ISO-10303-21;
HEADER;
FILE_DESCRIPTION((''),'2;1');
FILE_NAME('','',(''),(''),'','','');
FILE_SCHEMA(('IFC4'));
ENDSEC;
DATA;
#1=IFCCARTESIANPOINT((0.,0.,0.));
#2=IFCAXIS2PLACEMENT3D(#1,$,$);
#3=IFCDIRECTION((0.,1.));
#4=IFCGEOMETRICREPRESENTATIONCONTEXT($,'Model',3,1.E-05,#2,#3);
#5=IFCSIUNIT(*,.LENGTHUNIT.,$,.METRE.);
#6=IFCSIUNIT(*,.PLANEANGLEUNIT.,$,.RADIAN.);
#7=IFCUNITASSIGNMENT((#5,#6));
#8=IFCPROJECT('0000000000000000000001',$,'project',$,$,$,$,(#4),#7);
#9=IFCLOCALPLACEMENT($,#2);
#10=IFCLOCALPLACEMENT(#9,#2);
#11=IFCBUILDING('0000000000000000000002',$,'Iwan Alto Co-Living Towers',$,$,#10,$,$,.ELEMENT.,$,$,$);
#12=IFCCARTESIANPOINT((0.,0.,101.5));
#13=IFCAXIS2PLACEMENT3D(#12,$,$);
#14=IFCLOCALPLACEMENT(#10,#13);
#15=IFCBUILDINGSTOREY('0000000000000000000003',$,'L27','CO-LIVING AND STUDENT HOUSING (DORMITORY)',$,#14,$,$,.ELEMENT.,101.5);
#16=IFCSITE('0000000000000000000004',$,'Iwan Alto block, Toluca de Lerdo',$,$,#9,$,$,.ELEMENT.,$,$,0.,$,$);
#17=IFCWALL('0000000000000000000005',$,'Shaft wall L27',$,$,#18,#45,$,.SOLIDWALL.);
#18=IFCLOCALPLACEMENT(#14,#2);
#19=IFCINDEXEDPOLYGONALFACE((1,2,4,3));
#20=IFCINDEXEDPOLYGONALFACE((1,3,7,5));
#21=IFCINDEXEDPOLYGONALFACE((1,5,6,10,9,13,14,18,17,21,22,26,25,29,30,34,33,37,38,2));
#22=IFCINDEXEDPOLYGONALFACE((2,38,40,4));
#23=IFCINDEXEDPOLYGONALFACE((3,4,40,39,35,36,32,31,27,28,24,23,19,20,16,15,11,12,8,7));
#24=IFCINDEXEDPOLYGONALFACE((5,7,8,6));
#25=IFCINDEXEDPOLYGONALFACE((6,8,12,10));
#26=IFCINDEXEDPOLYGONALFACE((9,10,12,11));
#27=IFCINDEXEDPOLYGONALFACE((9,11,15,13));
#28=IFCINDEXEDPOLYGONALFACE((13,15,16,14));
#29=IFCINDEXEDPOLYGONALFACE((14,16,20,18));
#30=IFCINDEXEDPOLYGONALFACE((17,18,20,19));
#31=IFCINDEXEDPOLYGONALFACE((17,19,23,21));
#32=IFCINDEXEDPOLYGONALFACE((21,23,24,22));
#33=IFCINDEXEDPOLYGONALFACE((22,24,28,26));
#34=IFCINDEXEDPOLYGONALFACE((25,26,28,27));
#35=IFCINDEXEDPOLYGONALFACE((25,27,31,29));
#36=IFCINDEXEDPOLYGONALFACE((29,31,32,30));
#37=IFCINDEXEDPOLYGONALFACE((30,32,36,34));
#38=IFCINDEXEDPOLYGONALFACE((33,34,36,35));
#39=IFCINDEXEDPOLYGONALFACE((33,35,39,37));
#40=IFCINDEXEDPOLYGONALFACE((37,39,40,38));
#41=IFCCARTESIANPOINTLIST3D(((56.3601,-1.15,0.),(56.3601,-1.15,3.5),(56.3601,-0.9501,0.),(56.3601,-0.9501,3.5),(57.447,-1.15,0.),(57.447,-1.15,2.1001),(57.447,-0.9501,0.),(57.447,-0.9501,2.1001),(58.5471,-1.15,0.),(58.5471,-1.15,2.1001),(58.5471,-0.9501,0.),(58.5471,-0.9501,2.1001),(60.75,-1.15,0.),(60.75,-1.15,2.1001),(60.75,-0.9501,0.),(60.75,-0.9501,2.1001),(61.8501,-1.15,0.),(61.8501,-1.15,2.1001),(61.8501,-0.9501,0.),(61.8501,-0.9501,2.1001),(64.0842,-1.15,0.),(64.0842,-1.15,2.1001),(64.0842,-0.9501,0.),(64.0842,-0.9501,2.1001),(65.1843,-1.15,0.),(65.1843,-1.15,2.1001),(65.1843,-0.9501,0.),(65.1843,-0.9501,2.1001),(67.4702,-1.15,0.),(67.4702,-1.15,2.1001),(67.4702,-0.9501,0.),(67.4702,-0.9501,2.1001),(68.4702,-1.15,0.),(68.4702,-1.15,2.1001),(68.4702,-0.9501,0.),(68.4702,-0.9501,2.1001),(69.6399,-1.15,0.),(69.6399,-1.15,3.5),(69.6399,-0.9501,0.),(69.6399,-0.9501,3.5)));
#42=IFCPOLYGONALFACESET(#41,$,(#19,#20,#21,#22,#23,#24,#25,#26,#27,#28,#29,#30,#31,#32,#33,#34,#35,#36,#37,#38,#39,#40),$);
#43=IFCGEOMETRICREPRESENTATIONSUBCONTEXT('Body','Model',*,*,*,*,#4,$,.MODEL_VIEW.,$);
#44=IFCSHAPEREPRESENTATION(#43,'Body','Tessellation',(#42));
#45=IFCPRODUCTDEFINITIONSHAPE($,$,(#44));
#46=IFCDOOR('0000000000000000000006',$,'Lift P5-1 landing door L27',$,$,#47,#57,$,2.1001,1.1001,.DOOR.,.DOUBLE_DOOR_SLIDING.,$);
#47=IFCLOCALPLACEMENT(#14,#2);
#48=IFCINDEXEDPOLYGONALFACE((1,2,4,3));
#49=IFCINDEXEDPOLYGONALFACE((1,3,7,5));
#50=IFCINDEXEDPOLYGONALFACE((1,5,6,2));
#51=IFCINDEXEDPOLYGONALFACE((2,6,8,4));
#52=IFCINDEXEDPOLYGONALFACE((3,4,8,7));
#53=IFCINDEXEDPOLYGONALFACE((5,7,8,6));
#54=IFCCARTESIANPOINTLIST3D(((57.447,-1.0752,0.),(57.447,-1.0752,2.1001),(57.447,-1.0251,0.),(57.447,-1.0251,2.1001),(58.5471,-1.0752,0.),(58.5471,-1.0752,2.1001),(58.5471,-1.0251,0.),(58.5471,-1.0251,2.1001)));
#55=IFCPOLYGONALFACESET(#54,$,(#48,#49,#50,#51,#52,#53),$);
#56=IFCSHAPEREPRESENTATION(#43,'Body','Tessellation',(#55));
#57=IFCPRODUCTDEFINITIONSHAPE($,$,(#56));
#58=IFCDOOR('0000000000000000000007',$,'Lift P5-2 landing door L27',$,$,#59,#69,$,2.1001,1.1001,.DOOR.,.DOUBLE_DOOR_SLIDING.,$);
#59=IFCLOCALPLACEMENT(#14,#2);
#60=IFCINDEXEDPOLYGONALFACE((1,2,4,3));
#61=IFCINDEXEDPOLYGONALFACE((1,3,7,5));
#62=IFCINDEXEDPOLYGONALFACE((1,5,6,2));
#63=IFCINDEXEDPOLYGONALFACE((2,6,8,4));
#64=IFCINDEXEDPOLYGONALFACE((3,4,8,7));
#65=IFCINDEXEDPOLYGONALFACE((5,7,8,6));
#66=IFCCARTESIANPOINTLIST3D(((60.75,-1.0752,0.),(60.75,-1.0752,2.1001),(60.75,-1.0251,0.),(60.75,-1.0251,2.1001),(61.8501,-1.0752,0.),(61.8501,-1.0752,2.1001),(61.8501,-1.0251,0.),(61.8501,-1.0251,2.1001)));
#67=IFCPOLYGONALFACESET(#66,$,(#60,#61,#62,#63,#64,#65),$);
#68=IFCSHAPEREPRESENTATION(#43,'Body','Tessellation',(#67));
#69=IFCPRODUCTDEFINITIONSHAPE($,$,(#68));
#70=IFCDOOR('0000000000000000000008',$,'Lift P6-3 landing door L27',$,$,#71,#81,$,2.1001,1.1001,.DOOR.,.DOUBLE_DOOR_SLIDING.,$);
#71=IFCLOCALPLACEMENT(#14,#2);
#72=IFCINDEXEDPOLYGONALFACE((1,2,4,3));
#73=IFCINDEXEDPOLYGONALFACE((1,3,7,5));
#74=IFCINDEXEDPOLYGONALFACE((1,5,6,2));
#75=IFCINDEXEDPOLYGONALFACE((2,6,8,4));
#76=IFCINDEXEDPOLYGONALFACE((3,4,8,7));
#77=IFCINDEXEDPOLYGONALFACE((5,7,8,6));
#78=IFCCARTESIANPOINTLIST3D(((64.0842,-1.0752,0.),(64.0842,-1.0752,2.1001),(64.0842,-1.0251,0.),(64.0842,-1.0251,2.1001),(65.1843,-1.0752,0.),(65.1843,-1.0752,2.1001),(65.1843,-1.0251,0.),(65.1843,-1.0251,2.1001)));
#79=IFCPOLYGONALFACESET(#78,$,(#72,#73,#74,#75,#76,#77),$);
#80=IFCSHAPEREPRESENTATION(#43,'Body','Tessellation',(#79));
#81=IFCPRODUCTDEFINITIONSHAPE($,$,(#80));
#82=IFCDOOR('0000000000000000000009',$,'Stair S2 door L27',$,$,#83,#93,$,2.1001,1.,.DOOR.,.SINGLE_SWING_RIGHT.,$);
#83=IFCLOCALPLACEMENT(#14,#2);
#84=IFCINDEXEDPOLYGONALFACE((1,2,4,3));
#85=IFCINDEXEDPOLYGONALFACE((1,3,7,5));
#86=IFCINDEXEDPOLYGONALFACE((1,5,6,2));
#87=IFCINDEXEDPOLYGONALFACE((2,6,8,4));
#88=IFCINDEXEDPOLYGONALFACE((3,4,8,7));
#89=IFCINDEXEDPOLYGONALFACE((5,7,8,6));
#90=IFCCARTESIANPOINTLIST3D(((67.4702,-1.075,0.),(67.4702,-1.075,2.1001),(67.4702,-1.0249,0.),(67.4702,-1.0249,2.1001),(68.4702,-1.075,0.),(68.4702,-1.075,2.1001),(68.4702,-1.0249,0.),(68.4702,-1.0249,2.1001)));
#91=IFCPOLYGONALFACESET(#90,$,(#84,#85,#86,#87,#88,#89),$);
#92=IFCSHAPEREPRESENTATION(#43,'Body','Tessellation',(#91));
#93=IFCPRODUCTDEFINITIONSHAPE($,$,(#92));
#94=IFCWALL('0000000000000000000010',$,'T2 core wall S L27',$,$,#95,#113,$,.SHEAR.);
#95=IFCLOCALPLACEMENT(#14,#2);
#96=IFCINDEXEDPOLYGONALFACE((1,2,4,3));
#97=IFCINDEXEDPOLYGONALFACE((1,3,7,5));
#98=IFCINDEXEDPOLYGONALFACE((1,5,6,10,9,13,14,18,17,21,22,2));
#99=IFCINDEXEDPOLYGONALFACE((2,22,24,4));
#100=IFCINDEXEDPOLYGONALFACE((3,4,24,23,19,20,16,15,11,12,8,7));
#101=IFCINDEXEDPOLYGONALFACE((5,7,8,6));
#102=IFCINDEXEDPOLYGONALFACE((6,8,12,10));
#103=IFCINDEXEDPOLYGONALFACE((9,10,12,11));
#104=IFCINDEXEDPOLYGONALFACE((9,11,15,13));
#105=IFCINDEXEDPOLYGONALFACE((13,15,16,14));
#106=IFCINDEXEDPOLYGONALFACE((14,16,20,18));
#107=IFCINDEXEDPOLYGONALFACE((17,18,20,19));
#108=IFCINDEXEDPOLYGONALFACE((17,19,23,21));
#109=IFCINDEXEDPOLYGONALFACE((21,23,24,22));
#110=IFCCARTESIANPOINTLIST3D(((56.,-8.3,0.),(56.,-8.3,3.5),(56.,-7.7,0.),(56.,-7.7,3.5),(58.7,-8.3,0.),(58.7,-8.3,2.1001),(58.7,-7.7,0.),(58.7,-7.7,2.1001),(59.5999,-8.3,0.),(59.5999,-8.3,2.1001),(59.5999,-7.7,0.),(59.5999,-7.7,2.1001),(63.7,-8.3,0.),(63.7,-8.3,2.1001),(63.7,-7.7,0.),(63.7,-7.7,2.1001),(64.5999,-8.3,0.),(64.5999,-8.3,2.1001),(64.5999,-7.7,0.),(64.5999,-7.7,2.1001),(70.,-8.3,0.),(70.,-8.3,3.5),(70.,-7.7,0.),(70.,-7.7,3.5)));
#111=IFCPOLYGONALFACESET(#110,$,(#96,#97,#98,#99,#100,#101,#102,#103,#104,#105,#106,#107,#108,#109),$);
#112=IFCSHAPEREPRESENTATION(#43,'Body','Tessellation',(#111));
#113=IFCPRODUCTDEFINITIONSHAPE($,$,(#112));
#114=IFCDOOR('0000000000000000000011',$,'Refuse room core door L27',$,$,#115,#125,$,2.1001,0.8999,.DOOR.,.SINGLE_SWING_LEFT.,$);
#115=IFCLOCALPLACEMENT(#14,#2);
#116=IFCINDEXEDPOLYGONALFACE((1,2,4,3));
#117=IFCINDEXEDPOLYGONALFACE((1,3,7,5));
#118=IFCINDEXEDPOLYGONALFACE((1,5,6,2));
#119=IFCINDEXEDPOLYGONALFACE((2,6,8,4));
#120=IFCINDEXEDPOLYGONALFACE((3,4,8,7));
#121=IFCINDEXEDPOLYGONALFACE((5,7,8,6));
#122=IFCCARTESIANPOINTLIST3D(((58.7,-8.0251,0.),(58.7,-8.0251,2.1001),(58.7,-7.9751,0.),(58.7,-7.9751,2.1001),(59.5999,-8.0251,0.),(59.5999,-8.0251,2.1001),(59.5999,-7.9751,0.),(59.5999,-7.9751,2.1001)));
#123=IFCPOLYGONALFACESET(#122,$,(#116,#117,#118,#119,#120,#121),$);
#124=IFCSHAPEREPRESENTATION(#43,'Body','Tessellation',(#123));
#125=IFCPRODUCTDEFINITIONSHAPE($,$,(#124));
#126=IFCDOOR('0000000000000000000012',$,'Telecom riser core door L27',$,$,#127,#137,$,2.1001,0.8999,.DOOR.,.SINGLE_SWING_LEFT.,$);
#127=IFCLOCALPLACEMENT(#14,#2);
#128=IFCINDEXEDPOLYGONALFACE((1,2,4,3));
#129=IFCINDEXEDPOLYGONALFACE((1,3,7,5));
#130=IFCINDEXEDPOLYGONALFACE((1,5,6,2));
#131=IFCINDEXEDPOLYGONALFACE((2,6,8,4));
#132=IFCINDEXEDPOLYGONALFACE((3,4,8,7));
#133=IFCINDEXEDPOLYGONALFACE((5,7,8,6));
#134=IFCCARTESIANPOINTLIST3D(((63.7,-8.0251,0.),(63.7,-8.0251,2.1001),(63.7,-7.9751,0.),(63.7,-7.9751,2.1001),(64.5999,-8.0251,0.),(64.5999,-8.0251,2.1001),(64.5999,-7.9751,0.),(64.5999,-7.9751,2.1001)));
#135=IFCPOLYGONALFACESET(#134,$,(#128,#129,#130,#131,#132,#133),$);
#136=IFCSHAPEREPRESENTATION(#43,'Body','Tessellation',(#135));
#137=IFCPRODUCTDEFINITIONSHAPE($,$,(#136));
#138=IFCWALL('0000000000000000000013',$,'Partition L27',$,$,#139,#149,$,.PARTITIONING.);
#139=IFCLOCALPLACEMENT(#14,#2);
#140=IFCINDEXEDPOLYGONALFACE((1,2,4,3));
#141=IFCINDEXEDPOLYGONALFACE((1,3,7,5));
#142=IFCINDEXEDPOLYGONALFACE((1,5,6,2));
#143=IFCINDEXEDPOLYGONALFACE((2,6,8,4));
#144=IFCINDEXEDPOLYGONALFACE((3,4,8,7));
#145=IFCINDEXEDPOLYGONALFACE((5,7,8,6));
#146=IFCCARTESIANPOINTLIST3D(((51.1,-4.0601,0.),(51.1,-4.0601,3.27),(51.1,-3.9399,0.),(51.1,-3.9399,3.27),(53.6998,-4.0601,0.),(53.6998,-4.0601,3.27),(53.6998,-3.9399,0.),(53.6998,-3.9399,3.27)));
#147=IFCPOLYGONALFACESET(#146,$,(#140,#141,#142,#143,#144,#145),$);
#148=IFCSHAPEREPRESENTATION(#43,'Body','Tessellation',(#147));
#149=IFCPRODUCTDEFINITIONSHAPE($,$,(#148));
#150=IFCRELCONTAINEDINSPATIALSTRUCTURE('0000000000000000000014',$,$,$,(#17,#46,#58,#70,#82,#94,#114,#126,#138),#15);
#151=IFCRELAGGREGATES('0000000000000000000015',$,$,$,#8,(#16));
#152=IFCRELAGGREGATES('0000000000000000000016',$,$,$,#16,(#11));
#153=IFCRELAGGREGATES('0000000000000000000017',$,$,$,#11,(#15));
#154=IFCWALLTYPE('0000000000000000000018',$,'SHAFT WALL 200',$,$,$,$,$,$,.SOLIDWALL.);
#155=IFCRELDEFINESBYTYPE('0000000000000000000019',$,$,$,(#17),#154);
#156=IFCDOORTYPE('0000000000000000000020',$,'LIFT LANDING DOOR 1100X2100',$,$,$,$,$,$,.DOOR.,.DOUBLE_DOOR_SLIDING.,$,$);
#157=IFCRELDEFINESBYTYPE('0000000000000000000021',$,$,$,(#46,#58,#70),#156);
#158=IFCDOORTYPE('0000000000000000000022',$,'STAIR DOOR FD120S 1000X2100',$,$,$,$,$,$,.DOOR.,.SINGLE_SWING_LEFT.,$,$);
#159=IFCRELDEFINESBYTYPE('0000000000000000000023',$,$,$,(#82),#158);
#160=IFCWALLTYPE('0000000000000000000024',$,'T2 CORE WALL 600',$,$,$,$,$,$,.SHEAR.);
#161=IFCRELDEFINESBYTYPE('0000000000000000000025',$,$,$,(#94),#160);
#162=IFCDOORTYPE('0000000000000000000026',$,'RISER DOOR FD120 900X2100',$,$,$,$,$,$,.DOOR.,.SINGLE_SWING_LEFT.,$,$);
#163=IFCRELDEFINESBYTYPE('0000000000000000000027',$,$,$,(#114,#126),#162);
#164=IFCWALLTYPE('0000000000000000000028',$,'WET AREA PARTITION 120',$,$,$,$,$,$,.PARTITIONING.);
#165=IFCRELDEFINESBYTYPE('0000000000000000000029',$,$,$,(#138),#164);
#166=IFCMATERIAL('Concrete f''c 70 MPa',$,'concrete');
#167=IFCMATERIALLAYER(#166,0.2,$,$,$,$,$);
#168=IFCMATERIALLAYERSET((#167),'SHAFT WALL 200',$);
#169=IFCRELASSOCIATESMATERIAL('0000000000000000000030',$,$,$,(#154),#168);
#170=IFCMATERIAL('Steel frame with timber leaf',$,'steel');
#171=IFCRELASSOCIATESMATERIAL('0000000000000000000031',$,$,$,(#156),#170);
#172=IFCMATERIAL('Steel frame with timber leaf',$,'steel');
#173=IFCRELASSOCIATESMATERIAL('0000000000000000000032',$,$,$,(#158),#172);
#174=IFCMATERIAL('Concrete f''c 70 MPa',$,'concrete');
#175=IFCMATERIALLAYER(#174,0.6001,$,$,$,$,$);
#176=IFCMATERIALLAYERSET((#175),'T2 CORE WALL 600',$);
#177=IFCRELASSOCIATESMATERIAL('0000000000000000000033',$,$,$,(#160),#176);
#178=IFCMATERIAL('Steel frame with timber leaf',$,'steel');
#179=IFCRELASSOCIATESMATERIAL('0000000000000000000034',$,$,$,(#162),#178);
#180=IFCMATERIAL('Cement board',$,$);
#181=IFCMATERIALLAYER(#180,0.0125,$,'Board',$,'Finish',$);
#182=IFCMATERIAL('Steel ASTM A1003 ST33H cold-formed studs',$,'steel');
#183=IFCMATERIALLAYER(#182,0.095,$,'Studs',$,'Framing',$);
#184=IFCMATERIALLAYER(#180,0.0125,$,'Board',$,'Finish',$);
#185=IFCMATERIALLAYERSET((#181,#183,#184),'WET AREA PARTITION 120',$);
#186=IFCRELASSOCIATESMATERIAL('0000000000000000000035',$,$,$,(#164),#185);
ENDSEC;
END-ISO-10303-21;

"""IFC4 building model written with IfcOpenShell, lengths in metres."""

from ifc_helpers import new_model, si_unit, direction, frame, frame_2d, origin, place, context, subcontext, project, spatial, rectangle, extrude, material, layer, layer_set, type_object, element, fill, save


model = new_model("IFC4")

# Units and contexts
model_context = context("Model", 3, precision=1e-05, world=origin(), true_north=direction((0.0, 1.0)))
body_context = subcontext(model_context, "Body", "Model", "MODEL_VIEW")
ifc_project = project(units=[si_unit("LENGTHUNIT", "METRE"), si_unit("PLANEANGLEUNIT", "RADIAN")], contexts=[model_context])

# Site, building, storey
site_placement = place(None, origin())
site = spatial("IfcSite", under=ifc_project, at=site_placement, Name="Iwan Alto block, Toluca de Lerdo", CompositionType="ELEMENT", RefElevation=0.0)
building_placement = place(site_placement, origin())
building = spatial("IfcBuilding", under=site, at=building_placement, Name="Iwan Alto Co-Living Towers", CompositionType="ELEMENT")
storey_placement = place(building_placement, frame((0.0, 0.0, 101.5)))
storey = spatial("IfcBuildingStorey", under=building, at=storey_placement, Name="L27", Description="CO-LIVING AND STUDENT HOUSING (DORMITORY)", CompositionType="ELEMENT", Elevation=101.5)

# Shared definitions
ifc_material_1 = material(Name="Steel ASTM A1003 ST33H cold-formed studs", Category="steel")

# Shared definitions
ifc_material_2 = material(Name="Concrete f'c 70 MPa", Category="concrete")
ifc_layer_1 = layer(ifc_material_2, 0.2)
ifc_layer_set_1 = layer_set([ifc_layer_1], Name="SHAFT WALL 200")
wall_type_1 = type_object("IfcWallType", Name="SHAFT WALL 200", PredefinedType="SOLIDWALL", material=ifc_layer_set_1)

# Walls, openings, doors
wall_1_placement = place(storey_placement, frame((56.3601, -1.05, 0.0), z_axis=(0.0, 0.0, 1.0), x_axis=(1.0, 0.0, 0.0)))
wall_1 = element("IfcWall", 1, at=wall_1_placement, inside=storey, type_object=wall_type_1, Name="Shaft wall L27", PredefinedType="SOLIDWALL", context=body_context, shape_type="SweptSolid", body=[
    extrude(rectangle(XDim=13.2798, YDim=0.2, at=frame_2d((6.6399, 0.0))), origin(), (0.0, 0.0, 1.0), 3.5),
])
opening_1_placement = place(wall_1_placement, frame((11.1101, 0.0, 0.0)))
opening_1 = element("IfcOpeningElement", 2, at=opening_1_placement, cuts=wall_1, PredefinedType="OPENING", context=body_context, shape_type="SweptSolid", body=[
    extrude(rectangle(XDim=1.0, YDim=2.1001, at=frame_2d((0.5, 1.05))), frame((0.0, 0.1099, 0.0), z_axis=(0.0, -1.0, 0.0), x_axis=(1.0, 0.0, 0.0)), (0.0, 0.0, 1.0), 0.22),
])
opening_2_placement = place(wall_1_placement, frame((1.0869, 0.0, 0.0)))
opening_2 = element("IfcOpeningElement", 3, at=opening_2_placement, cuts=wall_1, PredefinedType="OPENING", context=body_context, shape_type="SweptSolid", body=[
    extrude(rectangle(XDim=1.1001, YDim=2.1001, at=frame_2d((0.55, 1.05))), frame((0.0, 0.1099, 0.0), z_axis=(0.0, -1.0, 0.0), x_axis=(1.0, 0.0, 0.0)), (0.0, 0.0, 1.0), 0.22),
])
opening_3_placement = place(wall_1_placement, frame((4.3899, 0.0, 0.0)))
opening_3 = element("IfcOpeningElement", 4, at=opening_3_placement, cuts=wall_1, PredefinedType="OPENING", context=body_context, shape_type="SweptSolid", body=[
    extrude(rectangle(XDim=1.1001, YDim=2.1001, at=frame_2d((0.55, 1.05))), frame((0.0, 0.1099, 0.0), z_axis=(0.0, -1.0, 0.0), x_axis=(1.0, 0.0, 0.0)), (0.0, 0.0, 1.0), 0.22),
])
opening_4_placement = place(wall_1_placement, frame((7.7241, 0.0, 0.0)))
opening_4 = element("IfcOpeningElement", 5, at=opening_4_placement, cuts=wall_1, PredefinedType="OPENING", context=body_context, shape_type="SweptSolid", body=[
    extrude(rectangle(XDim=1.1001, YDim=2.1001, at=frame_2d((0.55, 1.05))), frame((0.0, 0.1099, 0.0), z_axis=(0.0, -1.0, 0.0), x_axis=(1.0, 0.0, 0.0)), (0.0, 0.0, 1.0), 0.22),
])
ifc_material_3 = material(Name="Steel frame with timber leaf", Category="steel")
door_type_1 = type_object("IfcDoorType", Name="LIFT LANDING DOOR 1100X2100", OperationType="DOUBLE_DOOR_SLIDING", PredefinedType="DOOR", material=ifc_material_3)
door_1_placement = place(opening_2_placement, origin())
door_1 = element("IfcDoor", 6, at=door_1_placement, inside=storey, type_object=door_type_1, Name="Lift P5-1 landing door L27", OperationType="DOUBLE_DOOR_SLIDING", OverallHeight=2.1001, OverallWidth=1.1001, PredefinedType="DOOR", context=body_context, shape_type="SweptSolid", body=[
    extrude(rectangle(XDim=1.1001, YDim=2.1001, at=frame_2d((0.55, 1.05))), frame((0.0, 0.0249, 0.0), z_axis=(0.0, -1.0, 0.0), x_axis=(1.0, 0.0, 0.0)), (0.0, 0.0, 1.0), 0.05),
])
fill(opening_2, door_1)
door_2_placement = place(opening_3_placement, origin())
door_2 = element("IfcDoor", 7, at=door_2_placement, inside=storey, type_object=door_type_1, Name="Lift P5-2 landing door L27", OperationType="DOUBLE_DOOR_SLIDING", OverallHeight=2.1001, OverallWidth=1.1001, PredefinedType="DOOR", context=body_context, shape_type="SweptSolid", body=[
    extrude(rectangle(XDim=1.1001, YDim=2.1001, at=frame_2d((0.55, 1.05))), frame((0.0, 0.0249, 0.0), z_axis=(0.0, -1.0, 0.0), x_axis=(1.0, 0.0, 0.0)), (0.0, 0.0, 1.0), 0.05),
])
fill(opening_3, door_2)
door_3_placement = place(opening_4_placement, origin())
door_3 = element("IfcDoor", 8, at=door_3_placement, inside=storey, type_object=door_type_1, Name="Lift P6-3 landing door L27", OperationType="DOUBLE_DOOR_SLIDING", OverallHeight=2.1001, OverallWidth=1.1001, PredefinedType="DOOR", context=body_context, shape_type="SweptSolid", body=[
    extrude(rectangle(XDim=1.1001, YDim=2.1001, at=frame_2d((0.55, 1.05))), frame((0.0, 0.0249, 0.0), z_axis=(0.0, -1.0, 0.0), x_axis=(1.0, 0.0, 0.0)), (0.0, 0.0, 1.0), 0.05),
])
fill(opening_4, door_3)
ifc_material_4 = material(Name="Steel frame with timber leaf", Category="steel")
door_type_2 = type_object("IfcDoorType", Name="STAIR DOOR FD120S 1000X2100", OperationType="SINGLE_SWING_LEFT", PredefinedType="DOOR", material=ifc_material_4)
door_4_placement = place(opening_1_placement, frame((1.0, 0.0, 0.0), z_axis=(0.0, 0.0, 1.0), x_axis=(-1.0, 0.0, 0.0)))
door_4 = element("IfcDoor", 9, at=door_4_placement, inside=storey, type_object=door_type_2, Name="Stair S2 door L27", OperationType="SINGLE_SWING_RIGHT", OverallHeight=2.1001, OverallWidth=1.0, PredefinedType="DOOR", context=body_context, shape_type="SweptSolid", body=[
    extrude(rectangle(XDim=1.0, YDim=2.1001, at=frame_2d((0.5, 1.05))), frame((0.0, 0.0249, 0.0), z_axis=(0.0, -1.0, 0.0), x_axis=(1.0, 0.0, 0.0)), (0.0, 0.0, 1.0), 0.05),
])
fill(opening_1, door_4)
ifc_material_5 = material(Name="Concrete f'c 70 MPa", Category="concrete")
ifc_layer_2 = layer(ifc_material_5, 0.6001)
ifc_layer_set_2 = layer_set([ifc_layer_2], Name="T2 CORE WALL 600")
wall_type_2 = type_object("IfcWallType", Name="T2 CORE WALL 600", PredefinedType="SHEAR", material=ifc_layer_set_2)
wall_2_placement = place(storey_placement, frame((56.0, -8.0, 0.0), z_axis=(0.0, 0.0, 1.0), x_axis=(1.0, 0.0, 0.0)))
wall_2 = element("IfcWall", 10, at=wall_2_placement, inside=storey, type_object=wall_type_2, Name="T2 core wall S L27", PredefinedType="SHEAR", context=body_context, shape_type="SweptSolid", body=[
    extrude(rectangle(XDim=14.0, YDim=0.6001, at=frame_2d((7.0, 0.0))), origin(), (0.0, 0.0, 1.0), 3.5),
])
opening_5_placement = place(wall_2_placement, frame((2.7, 0.0, 0.0)))
opening_5 = element("IfcOpeningElement", 11, at=opening_5_placement, cuts=wall_2, PredefinedType="OPENING", context=body_context, shape_type="SweptSolid", body=[
    extrude(rectangle(XDim=0.8999, YDim=2.1001, at=frame_2d((0.45, 1.05))), frame((0.0, 0.3101, 0.0), z_axis=(0.0, -1.0, 0.0), x_axis=(1.0, 0.0, 0.0)), (0.0, 0.0, 1.0), 0.6201),
])
opening_6_placement = place(wall_2_placement, frame((7.7, 0.0, 0.0)))
opening_6 = element("IfcOpeningElement", 12, at=opening_6_placement, cuts=wall_2, PredefinedType="OPENING", context=body_context, shape_type="SweptSolid", body=[
    extrude(rectangle(XDim=0.8999, YDim=2.1001, at=frame_2d((0.45, 1.05))), frame((0.0, 0.3101, 0.0), z_axis=(0.0, -1.0, 0.0), x_axis=(1.0, 0.0, 0.0)), (0.0, 0.0, 1.0), 0.6201),
])
ifc_material_6 = material(Name="Steel frame with timber leaf", Category="steel")
door_type_3 = type_object("IfcDoorType", Name="RISER DOOR FD120 900X2100", OperationType="SINGLE_SWING_LEFT", PredefinedType="DOOR", material=ifc_material_6)
door_5_placement = place(opening_5_placement, origin())
door_5 = element("IfcDoor", 13, at=door_5_placement, inside=storey, type_object=door_type_3, Name="Refuse room core door L27", OperationType="SINGLE_SWING_LEFT", OverallHeight=2.1001, OverallWidth=0.8999, PredefinedType="DOOR", context=body_context, shape_type="SweptSolid", body=[
    extrude(rectangle(XDim=0.8999, YDim=2.1001, at=frame_2d((0.45, 1.05))), frame((0.0, 0.0249, 0.0), z_axis=(0.0, -1.0, 0.0), x_axis=(1.0, 0.0, 0.0)), (0.0, 0.0, 1.0), 0.05),
])
fill(opening_5, door_5)
door_6_placement = place(opening_6_placement, origin())
door_6 = element("IfcDoor", 14, at=door_6_placement, inside=storey, type_object=door_type_3, Name="Telecom riser core door L27", OperationType="SINGLE_SWING_LEFT", OverallHeight=2.1001, OverallWidth=0.8999, PredefinedType="DOOR", context=body_context, shape_type="SweptSolid", body=[
    extrude(rectangle(XDim=0.8999, YDim=2.1001, at=frame_2d((0.45, 1.05))), frame((0.0, 0.0249, 0.0), z_axis=(0.0, -1.0, 0.0), x_axis=(1.0, 0.0, 0.0)), (0.0, 0.0, 1.0), 0.05),
])
fill(opening_6, door_6)

# Wall
ifc_material_7 = material(Name="Cement board")
ifc_layer_3 = layer(ifc_material_7, 0.0125, Name="Board", Category="Finish")
ifc_layer_4 = layer(ifc_material_1, 0.095, Name="Studs", Category="Framing")
ifc_layer_5 = layer(ifc_material_7, 0.0125, Name="Board", Category="Finish")
ifc_layer_set_3 = layer_set([ifc_layer_3, ifc_layer_4, ifc_layer_5], Name="WET AREA PARTITION 120")
wall_type_3 = type_object("IfcWallType", Name="WET AREA PARTITION 120", PredefinedType="PARTITIONING", material=ifc_layer_set_3)
wall_3_placement = place(storey_placement, frame((51.1001, -4.0, 0.0), z_axis=(0.0, 0.0, 1.0), x_axis=(1.0, 0.0, 0.0)))
element("IfcWall", 15, at=wall_3_placement, inside=storey, type_object=wall_type_3, Name="Partition L27", PredefinedType="PARTITIONING", context=body_context, shape_type="SweptSolid", body=[
    extrude(rectangle(XDim=2.5999, YDim=0.1201, at=frame_2d((1.2998, 0.0))), origin(), (0.0, 0.0, 1.0), 3.27),
])

save(model, "model.ifc")
